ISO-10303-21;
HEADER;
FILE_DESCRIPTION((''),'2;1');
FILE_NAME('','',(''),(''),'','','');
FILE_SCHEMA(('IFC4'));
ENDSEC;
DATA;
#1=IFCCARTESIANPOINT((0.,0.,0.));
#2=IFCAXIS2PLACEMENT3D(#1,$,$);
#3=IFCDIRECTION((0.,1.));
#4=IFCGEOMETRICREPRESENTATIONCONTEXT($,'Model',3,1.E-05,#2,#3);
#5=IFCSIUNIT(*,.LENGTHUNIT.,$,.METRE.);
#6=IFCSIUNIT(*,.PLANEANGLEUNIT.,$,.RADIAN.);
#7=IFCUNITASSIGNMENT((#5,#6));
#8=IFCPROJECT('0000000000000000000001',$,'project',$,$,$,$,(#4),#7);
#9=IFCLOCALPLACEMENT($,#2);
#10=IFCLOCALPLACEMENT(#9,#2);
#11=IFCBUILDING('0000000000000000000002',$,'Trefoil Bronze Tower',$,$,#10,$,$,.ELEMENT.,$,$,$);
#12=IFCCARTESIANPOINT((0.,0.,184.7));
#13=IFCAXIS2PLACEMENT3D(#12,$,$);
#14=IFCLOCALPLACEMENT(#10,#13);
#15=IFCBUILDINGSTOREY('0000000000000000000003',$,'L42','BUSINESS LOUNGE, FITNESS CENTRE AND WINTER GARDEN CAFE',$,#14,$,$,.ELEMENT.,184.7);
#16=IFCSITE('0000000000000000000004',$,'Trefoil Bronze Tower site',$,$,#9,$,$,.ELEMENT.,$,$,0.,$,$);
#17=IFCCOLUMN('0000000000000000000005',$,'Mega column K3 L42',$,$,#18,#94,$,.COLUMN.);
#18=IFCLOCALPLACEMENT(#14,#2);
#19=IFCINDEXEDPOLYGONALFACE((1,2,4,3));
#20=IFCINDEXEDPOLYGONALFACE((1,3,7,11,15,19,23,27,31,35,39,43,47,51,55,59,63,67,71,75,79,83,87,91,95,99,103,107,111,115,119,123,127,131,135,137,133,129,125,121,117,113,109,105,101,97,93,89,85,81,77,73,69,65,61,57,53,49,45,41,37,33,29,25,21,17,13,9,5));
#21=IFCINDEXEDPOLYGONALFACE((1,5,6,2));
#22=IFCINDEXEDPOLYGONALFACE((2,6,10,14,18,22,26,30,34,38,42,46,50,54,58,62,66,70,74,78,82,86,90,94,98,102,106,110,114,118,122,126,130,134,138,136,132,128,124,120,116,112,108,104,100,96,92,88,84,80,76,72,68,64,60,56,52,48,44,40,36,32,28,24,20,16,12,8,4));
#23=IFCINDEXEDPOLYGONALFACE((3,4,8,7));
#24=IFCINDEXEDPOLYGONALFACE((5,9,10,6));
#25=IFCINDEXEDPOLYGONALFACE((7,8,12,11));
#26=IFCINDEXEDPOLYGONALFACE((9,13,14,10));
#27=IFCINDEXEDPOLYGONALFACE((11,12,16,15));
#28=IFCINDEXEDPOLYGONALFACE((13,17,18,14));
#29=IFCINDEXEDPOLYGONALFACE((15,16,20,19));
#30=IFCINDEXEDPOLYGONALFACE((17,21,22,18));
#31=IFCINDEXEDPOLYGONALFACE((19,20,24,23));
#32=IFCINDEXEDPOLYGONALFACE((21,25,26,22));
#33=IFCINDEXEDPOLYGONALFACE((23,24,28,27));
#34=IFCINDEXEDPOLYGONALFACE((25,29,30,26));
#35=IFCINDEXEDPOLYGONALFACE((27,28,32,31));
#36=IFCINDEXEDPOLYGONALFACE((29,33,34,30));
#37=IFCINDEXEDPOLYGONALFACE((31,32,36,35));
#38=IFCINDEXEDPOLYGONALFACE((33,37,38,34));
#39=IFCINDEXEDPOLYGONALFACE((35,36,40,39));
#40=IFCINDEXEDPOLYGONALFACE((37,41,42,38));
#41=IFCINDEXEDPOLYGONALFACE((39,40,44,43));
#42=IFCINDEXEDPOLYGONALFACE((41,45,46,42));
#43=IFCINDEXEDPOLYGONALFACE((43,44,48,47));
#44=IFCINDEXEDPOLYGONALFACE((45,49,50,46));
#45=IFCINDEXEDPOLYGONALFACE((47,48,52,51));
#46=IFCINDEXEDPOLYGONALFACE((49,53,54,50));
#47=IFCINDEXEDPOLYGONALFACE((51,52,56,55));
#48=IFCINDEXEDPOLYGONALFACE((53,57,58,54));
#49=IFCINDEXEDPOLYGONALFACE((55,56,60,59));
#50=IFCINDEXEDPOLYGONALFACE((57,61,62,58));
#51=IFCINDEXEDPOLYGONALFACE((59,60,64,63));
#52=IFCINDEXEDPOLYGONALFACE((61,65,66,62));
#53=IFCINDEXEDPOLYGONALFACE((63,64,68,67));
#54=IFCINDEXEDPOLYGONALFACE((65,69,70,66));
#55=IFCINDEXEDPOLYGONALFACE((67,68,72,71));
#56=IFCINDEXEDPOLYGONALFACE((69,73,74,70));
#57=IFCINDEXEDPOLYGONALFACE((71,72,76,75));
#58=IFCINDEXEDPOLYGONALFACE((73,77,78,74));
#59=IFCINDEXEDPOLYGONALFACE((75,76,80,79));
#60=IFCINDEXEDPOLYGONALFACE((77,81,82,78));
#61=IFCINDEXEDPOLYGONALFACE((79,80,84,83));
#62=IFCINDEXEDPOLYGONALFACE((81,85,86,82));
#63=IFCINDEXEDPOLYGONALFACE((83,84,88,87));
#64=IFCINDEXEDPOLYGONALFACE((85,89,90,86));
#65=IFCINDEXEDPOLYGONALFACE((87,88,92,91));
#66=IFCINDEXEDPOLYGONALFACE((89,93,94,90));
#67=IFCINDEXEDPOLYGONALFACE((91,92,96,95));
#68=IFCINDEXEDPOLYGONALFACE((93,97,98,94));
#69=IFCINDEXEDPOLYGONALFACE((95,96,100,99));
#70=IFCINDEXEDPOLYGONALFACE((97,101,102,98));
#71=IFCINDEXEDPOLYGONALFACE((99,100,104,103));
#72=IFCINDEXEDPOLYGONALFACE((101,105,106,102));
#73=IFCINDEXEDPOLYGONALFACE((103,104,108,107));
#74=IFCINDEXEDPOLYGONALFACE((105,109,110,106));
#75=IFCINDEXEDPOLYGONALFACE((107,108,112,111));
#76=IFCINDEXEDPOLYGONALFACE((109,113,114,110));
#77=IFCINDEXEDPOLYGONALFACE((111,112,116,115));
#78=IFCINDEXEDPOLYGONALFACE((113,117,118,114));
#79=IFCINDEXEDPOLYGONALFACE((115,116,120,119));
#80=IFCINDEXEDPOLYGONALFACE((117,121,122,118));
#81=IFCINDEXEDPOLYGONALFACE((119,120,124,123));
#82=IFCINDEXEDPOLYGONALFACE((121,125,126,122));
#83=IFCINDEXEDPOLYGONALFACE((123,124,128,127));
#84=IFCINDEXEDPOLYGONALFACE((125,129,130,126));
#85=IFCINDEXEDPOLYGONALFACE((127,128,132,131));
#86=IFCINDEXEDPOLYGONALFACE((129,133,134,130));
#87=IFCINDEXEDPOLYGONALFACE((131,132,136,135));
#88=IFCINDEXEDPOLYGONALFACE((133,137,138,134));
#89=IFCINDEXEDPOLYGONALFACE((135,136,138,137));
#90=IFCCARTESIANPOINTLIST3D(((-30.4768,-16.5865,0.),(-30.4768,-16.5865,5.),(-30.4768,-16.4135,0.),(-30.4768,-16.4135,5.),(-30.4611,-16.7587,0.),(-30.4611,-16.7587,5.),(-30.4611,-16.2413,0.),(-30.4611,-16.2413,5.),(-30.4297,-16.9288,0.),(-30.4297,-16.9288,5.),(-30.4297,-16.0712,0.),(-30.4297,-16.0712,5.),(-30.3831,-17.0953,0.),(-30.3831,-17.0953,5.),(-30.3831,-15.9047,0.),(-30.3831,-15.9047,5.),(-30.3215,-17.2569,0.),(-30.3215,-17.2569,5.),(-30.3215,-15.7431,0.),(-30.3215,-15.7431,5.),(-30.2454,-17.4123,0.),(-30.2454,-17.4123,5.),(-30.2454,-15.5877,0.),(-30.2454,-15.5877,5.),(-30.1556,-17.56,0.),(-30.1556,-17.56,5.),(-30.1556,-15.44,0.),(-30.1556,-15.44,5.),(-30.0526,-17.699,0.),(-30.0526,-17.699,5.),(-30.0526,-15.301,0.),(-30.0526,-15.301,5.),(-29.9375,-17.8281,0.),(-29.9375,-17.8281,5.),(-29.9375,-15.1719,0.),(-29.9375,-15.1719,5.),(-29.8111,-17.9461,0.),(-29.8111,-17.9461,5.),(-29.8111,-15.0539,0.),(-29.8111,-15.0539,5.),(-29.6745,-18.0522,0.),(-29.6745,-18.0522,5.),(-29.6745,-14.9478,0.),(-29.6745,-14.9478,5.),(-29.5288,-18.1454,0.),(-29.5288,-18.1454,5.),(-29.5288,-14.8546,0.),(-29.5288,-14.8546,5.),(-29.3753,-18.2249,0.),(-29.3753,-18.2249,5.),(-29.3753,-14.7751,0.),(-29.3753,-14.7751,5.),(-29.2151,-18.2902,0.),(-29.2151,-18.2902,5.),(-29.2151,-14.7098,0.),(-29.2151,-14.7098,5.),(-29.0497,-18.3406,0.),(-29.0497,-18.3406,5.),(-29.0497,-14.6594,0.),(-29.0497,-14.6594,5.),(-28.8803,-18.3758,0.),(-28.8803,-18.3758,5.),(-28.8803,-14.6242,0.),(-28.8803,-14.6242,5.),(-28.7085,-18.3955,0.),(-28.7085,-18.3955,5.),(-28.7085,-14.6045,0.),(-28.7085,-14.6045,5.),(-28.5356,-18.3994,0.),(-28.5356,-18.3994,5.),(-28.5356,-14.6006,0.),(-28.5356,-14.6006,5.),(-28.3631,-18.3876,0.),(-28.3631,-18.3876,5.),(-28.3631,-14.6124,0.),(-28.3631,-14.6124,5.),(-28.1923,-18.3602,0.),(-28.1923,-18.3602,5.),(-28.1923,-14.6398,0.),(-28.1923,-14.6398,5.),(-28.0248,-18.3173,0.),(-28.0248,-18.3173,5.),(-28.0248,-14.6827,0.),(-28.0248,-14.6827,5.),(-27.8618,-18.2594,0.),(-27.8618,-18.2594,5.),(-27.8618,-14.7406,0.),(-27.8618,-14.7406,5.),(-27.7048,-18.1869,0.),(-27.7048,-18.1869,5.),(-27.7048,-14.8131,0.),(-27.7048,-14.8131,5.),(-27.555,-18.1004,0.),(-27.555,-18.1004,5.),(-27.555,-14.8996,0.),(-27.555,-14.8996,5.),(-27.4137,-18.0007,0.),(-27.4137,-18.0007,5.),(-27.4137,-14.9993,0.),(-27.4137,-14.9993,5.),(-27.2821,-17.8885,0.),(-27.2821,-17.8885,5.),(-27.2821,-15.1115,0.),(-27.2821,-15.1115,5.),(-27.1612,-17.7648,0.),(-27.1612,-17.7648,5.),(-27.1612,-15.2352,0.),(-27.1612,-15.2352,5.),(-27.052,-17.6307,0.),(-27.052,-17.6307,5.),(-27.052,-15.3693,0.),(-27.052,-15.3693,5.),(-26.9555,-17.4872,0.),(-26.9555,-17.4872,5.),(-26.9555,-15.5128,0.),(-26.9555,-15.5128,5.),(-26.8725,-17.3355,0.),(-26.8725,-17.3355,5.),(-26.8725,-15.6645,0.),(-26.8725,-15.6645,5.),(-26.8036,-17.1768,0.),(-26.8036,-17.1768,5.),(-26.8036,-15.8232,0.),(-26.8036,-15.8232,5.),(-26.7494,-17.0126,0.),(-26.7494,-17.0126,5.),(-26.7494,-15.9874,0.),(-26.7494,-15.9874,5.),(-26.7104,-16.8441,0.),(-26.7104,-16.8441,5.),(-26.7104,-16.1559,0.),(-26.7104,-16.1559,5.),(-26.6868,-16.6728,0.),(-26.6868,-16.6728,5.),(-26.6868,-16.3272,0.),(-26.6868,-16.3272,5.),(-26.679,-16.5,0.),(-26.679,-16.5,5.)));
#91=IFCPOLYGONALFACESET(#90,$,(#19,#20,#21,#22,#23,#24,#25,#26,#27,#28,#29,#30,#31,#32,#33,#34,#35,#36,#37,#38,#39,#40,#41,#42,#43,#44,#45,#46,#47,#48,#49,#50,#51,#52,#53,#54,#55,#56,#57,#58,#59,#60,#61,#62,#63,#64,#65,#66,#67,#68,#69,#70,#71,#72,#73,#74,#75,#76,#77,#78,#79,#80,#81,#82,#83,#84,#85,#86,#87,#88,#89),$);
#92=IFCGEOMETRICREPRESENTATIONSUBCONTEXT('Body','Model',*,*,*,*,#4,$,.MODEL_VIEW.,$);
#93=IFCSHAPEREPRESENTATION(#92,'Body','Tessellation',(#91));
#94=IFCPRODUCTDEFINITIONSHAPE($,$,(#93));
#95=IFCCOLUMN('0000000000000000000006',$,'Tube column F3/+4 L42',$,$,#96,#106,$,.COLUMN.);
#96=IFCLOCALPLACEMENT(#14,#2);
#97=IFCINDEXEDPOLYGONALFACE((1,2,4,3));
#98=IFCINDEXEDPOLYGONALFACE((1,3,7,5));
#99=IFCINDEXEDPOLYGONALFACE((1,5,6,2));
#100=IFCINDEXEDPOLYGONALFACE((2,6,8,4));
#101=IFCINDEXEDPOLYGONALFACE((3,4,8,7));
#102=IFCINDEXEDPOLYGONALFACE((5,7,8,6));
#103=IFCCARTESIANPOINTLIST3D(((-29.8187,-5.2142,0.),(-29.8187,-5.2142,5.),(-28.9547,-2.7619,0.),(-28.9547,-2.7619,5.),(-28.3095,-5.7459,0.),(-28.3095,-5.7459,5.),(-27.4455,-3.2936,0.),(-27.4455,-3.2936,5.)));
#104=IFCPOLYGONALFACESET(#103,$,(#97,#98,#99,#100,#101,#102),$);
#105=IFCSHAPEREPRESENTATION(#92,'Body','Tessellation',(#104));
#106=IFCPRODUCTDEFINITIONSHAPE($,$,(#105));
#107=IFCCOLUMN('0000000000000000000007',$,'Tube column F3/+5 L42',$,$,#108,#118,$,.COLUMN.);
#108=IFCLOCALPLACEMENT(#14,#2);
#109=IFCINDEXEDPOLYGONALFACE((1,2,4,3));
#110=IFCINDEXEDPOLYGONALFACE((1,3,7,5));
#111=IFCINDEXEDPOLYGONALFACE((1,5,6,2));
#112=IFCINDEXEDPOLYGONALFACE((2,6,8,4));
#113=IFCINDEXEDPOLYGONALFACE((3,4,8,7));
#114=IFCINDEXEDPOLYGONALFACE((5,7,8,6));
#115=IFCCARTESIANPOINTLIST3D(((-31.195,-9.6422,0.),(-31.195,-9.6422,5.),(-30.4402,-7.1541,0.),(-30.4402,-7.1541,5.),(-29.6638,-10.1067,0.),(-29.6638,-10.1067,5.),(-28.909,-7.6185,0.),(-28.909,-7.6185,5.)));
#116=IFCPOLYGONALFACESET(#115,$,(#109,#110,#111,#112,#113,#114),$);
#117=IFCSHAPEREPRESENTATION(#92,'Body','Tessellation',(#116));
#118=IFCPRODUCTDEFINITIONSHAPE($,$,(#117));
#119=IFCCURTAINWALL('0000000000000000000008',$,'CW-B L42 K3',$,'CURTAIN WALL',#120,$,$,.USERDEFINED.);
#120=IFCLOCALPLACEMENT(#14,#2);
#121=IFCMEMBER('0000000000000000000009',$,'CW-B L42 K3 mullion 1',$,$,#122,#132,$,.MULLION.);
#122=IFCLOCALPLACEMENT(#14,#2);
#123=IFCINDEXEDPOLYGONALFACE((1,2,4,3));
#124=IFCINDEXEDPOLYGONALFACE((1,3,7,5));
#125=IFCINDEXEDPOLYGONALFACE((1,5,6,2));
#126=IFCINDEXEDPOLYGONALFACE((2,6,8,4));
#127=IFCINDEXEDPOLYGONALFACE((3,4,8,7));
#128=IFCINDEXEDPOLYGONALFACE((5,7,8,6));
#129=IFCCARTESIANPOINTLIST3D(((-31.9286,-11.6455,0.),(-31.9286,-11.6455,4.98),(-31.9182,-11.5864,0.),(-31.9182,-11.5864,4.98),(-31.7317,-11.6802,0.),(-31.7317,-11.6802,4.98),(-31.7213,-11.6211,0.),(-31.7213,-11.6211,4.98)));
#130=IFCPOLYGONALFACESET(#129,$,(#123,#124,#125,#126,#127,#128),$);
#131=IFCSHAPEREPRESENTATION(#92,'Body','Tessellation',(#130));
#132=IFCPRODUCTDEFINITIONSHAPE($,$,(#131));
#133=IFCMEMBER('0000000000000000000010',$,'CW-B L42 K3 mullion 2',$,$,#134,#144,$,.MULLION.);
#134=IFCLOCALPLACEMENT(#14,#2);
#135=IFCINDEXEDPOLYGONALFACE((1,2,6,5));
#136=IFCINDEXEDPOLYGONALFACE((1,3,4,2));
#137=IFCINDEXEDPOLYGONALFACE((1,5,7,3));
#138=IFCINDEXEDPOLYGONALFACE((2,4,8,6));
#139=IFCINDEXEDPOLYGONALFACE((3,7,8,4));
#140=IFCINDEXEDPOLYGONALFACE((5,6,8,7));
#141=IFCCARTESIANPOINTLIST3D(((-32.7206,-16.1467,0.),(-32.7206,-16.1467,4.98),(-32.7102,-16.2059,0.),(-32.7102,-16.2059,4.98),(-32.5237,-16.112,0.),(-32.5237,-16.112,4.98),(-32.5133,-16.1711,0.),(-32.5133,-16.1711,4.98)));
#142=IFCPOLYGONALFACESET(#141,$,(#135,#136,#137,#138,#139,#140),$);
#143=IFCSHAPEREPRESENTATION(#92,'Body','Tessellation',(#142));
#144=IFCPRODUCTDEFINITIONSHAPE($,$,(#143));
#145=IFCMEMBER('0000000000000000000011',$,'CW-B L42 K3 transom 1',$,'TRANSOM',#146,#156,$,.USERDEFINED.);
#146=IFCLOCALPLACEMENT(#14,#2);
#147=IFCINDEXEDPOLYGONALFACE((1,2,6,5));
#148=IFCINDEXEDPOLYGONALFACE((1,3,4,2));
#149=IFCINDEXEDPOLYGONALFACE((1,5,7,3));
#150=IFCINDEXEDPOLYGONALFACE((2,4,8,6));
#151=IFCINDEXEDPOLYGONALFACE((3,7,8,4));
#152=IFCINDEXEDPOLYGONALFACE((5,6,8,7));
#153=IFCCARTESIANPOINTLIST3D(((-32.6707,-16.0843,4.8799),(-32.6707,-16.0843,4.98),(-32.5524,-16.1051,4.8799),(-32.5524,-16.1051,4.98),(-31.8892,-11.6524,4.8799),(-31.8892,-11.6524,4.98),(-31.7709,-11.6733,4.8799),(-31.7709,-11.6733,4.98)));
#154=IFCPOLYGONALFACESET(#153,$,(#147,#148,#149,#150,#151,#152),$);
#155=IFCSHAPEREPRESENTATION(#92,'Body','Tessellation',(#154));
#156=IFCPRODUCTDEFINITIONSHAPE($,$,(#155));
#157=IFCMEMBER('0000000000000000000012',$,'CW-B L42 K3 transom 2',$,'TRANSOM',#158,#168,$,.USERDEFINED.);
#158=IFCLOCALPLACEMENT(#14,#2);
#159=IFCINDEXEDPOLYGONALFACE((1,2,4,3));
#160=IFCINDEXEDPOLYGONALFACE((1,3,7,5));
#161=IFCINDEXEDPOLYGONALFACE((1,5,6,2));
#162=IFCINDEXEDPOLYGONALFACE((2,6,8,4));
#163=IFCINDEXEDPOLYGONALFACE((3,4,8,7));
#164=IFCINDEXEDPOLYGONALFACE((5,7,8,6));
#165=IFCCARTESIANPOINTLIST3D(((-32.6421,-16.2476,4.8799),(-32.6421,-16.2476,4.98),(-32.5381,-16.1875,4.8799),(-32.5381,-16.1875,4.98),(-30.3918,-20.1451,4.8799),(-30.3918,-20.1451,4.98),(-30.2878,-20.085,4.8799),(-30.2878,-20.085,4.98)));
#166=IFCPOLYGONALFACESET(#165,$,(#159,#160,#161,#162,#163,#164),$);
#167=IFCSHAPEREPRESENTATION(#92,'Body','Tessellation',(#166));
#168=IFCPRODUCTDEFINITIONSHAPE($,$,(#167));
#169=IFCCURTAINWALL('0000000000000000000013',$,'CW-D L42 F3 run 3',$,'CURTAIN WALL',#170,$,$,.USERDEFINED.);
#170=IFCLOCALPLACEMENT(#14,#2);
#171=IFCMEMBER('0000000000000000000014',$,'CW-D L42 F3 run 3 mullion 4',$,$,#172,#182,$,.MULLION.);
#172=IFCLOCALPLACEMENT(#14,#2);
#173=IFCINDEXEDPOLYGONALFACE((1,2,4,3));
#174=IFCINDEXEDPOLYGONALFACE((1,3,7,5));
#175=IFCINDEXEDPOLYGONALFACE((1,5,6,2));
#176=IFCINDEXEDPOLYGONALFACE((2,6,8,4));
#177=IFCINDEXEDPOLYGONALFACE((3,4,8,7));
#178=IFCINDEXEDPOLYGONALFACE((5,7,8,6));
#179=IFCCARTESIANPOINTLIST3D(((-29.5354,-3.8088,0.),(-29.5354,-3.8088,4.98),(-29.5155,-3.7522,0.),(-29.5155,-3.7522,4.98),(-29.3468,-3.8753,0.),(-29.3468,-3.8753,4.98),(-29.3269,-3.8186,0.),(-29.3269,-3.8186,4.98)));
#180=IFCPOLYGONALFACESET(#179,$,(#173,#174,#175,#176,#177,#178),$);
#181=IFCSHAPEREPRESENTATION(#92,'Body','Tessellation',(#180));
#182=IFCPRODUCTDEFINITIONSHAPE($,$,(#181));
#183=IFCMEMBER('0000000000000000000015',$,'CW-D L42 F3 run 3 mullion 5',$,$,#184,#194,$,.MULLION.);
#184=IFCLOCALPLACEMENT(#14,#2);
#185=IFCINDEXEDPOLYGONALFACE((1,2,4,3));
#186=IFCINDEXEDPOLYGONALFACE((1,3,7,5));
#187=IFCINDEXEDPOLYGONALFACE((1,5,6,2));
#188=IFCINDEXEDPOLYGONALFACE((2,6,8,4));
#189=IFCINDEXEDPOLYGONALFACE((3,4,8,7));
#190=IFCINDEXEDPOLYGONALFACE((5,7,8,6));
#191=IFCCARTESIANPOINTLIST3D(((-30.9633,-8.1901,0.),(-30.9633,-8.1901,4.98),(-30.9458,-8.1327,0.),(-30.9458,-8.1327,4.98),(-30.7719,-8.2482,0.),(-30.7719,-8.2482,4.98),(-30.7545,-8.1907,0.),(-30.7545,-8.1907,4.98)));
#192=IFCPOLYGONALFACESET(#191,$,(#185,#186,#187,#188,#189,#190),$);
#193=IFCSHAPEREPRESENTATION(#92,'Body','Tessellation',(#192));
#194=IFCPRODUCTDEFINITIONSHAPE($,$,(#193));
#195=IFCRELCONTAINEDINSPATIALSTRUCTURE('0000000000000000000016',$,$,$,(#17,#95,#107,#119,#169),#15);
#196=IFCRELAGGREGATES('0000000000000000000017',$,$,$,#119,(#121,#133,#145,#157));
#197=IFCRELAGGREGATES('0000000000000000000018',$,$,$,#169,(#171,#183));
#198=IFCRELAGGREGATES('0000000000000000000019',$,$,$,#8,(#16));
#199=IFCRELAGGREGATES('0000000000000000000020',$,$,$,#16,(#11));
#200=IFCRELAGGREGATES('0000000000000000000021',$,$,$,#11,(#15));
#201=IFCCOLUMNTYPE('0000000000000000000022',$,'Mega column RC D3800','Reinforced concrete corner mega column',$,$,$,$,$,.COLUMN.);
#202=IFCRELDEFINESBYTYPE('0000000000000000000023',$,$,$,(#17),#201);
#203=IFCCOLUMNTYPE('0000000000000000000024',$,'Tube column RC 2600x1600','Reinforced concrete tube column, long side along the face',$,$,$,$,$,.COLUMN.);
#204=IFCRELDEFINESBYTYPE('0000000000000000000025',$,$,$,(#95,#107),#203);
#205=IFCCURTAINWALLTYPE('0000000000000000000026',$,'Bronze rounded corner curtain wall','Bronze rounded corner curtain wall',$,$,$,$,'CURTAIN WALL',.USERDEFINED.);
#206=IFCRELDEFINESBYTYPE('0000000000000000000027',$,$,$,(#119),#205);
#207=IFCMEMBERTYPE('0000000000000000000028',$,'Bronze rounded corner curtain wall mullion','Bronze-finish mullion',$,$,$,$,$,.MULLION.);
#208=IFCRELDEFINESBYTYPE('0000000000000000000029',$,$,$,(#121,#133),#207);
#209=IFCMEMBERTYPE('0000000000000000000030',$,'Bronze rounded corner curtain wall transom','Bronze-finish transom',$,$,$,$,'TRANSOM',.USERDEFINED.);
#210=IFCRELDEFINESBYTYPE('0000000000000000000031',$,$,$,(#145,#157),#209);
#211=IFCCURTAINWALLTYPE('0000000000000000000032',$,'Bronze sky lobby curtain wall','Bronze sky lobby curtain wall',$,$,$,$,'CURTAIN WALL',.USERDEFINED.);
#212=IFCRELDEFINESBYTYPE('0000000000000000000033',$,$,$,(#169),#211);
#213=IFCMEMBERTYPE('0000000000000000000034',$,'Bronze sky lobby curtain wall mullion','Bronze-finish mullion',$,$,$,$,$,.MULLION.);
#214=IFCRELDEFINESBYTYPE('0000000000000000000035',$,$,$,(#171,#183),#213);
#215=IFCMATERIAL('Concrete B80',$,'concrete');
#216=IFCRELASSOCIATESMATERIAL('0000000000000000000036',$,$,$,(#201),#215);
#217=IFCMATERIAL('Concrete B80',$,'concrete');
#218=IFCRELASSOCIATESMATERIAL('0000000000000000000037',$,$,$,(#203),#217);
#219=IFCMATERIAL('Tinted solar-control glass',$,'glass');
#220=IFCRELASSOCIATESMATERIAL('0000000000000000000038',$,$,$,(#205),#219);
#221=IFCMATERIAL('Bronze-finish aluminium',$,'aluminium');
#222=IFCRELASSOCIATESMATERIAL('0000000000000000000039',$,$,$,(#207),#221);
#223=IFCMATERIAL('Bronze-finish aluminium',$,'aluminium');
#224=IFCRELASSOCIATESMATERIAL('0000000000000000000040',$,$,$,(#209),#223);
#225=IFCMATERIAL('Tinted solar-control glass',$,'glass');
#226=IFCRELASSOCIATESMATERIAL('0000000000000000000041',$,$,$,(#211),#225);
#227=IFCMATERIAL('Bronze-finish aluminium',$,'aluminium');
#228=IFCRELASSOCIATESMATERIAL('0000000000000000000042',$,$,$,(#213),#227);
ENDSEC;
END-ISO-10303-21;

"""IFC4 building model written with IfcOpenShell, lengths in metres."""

from ifc_helpers import new_model, si_unit, direction, frame, origin, origin_2d, place, context, subcontext, project, spatial, rectangle, circle, extrude, material, material_profile, profile_set, type_object, element, aggregate, save


model = new_model("IFC4")

# Units and contexts
model_context = context("Model", 3, precision=1e-05, world=origin(), true_north=direction((0.0, 1.0)))
body_context = subcontext(model_context, "Body", "Model", "MODEL_VIEW")
ifc_project = project(units=[si_unit("LENGTHUNIT", "METRE"), si_unit("PLANEANGLEUNIT", "RADIAN")], contexts=[model_context])

# Site, building, storey
site_placement = place(None, origin())
site = spatial("IfcSite", under=ifc_project, at=site_placement, Name="Trefoil Bronze Tower site", CompositionType="ELEMENT", RefElevation=0.0)
building_placement = place(site_placement, origin())
building = spatial("IfcBuilding", under=site, at=building_placement, Name="Trefoil Bronze Tower", CompositionType="ELEMENT")
storey_placement = place(building_placement, frame((0.0, 0.0, 184.7)))
storey = spatial("IfcBuildingStorey", under=building, at=storey_placement, Name="L42", Description="BUSINESS LOUNGE, FITNESS CENTRE AND WINTER GARDEN CAFE", CompositionType="ELEMENT", Elevation=184.7)

# Columns
ifc_material_1 = material(Name="Concrete B80", Category="concrete")
ifc_material_profile_1 = material_profile(ifc_material_1, circle(Radius=1.8999, at=origin_2d()), Name="RC D3800")
ifc_profile_set_1 = profile_set([ifc_material_profile_1], Name="Concrete B80")
column_type_1 = type_object("IfcColumnType", Name="Mega column RC D3800", Description="Reinforced concrete corner mega column", PredefinedType="COLUMN", material=ifc_profile_set_1)
column_placement = place(storey_placement, frame((-28.5789, -16.5, 0.0), z_axis=(0.0, 0.0, 1.0), x_axis=(1.0, 0.0, 0.0)))
element("IfcColumn", 1, at=column_placement, inside=storey, type_object=column_type_1, Name="Mega column K3 L42", PredefinedType="COLUMN", context=body_context, shape_type="SweptSolid", body=[
    extrude(circle(Radius=1.8999, at=origin_2d()), origin(), (0.0, 0.0, 1.0), 5.0),
])
ifc_material_2 = material(Name="Concrete B80", Category="concrete")
ifc_material_profile_2 = material_profile(ifc_material_2, rectangle(XDim=2.6001, YDim=1.6001, at=origin_2d()), Name="RC 2600x1600")
ifc_profile_set_2 = profile_set([ifc_material_profile_2], Name="Concrete B80")
column_type_2 = type_object("IfcColumnType", Name="Tube column RC 2600x1600", Description="Reinforced concrete tube column, long side along the face", PredefinedType="COLUMN", material=ifc_profile_set_2)
for number, where, z_axis, x_axis, name in (
    (2, (-28.6321, -4.2539, 0.0), (0.0, 0.0, 1.0), (-0.332282, -0.94318, 0.0), "Tube column F3/+4 L42"),
    (3, (-30.052, -8.6304, 0.0), (0.0, 0.0, 1.0), (-0.290278, -0.956942, 0.0), "Tube column F3/+5 L42"),
):
    element("IfcColumn", number, at=place(storey_placement, frame(where, z_axis=z_axis, x_axis=x_axis)), inside=storey, type_object=column_type_2, Name=name, PredefinedType="COLUMN", context=body_context, shape_type="SweptSolid", body=[
        extrude(rectangle(XDim=2.6001, YDim=1.6001, at=origin_2d()), origin(), (0.0, 0.0, 1.0), 5.0),
    ])

# Curtain walls, members
ifc_material_3 = material(Name="Tinted solar-control glass", Category="glass")
curtain_wall_type_1 = type_object("IfcCurtainWallType", Name="Bronze rounded corner curtain wall", Description="Bronze rounded corner curtain wall", ElementType="CURTAIN WALL", PredefinedType="USERDEFINED", material=ifc_material_3)
curtain_wall_1_placement = place(storey_placement, origin())
curtain_wall_1 = element("IfcCurtainWall", 4, at=curtain_wall_1_placement, inside=storey, type_object=curtain_wall_type_1, Name="CW-B L42 K3", ObjectType="CURTAIN WALL", PredefinedType="USERDEFINED")
ifc_material_4 = material(Name="Bronze-finish aluminium", Category="aluminium")
ifc_material_profile_3 = material_profile(ifc_material_4, rectangle(XDim=0.2, YDim=0.0601, at=origin_2d()), Name="CW-B mullion")
ifc_profile_set_3 = profile_set([ifc_material_profile_3], Name="Bronze-finish aluminium")
member_type_1 = type_object("IfcMemberType", Name="Bronze rounded corner curtain wall mullion", Description="Bronze-finish mullion", PredefinedType="MULLION", material=ifc_profile_set_3)
member_1_placement = place(storey_placement, frame((-31.825, -11.6333, 0.0), z_axis=(0.0, 0.0, 1.0), x_axis=(0.984808, -0.173648, 0.0)))
member_1 = element("IfcMember", 5, at=member_1_placement, type_object=member_type_1, Name="CW-B L42 K3 mullion 1", PredefinedType="MULLION", context=body_context, shape_type="SweptSolid", body=[
    extrude(rectangle(XDim=0.2, YDim=0.0601, at=origin_2d()), origin(), (0.0, 0.0, 1.0), 4.98),
])
member_2_placement = place(storey_placement, frame((-32.6169, -16.1589, 0.0), z_axis=(0.0, 0.0, 1.0), x_axis=(0.984808, 0.173648, 0.0)))
member_2 = element("IfcMember", 6, at=member_2_placement, type_object=member_type_1, Name="CW-B L42 K3 mullion 2", PredefinedType="MULLION", context=body_context, shape_type="SweptSolid", body=[
    extrude(rectangle(XDim=0.2, YDim=0.0601, at=origin_2d()), origin(), (0.0, 0.0, 1.0), 4.98),
])
ifc_material_5 = material(Name="Bronze-finish aluminium", Category="aluminium")
ifc_material_profile_4 = material_profile(ifc_material_5, rectangle(XDim=0.1201, YDim=0.1001, at=origin_2d()), Name="CW-B transom")
ifc_profile_set_4 = profile_set([ifc_material_profile_4], Name="Bronze-finish aluminium")
member_type_2 = type_object("IfcMemberType", Name="Bronze rounded corner curtain wall transom", Description="Bronze-finish transom", ElementType="TRANSOM", PredefinedType="USERDEFINED", material=ifc_profile_set_4)
member_3_placement = place(storey_placement, frame((-31.8301, -11.6628, 4.9299), z_axis=(-0.173655, -0.984806, 0.0), x_axis=(0.984806, -0.173655, 0.0)))
member_3 = element("IfcMember", 7, at=member_3_placement, type_object=member_type_2, Name="CW-B L42 K3 transom 1", ObjectType="TRANSOM", PredefinedType="USERDEFINED", context=body_context, shape_type="SweptSolid", body=[
    extrude(rectangle(XDim=0.1201, YDim=0.1001, at=origin_2d()), origin(), (0.0, 0.0, 1.0), 4.5002),
])
member_4_placement = place(storey_placement, frame((-32.5901, -16.2175, 4.9299), z_axis=(0.500007, -0.866021, 0.0), x_axis=(0.866021, 0.500007, 0.0)))
member_4 = element("IfcMember", 8, at=member_4_placement, type_object=member_type_2, Name="CW-B L42 K3 transom 2", ObjectType="TRANSOM", PredefinedType="USERDEFINED", context=body_context, shape_type="SweptSolid", body=[
    extrude(rectangle(XDim=0.1201, YDim=0.1001, at=origin_2d()), origin(), (0.0, 0.0, 1.0), 4.5005),
])
ifc_material_6 = material(Name="Tinted solar-control glass", Category="glass")
curtain_wall_type_2 = type_object("IfcCurtainWallType", Name="Bronze sky lobby curtain wall", Description="Bronze sky lobby curtain wall", ElementType="CURTAIN WALL", PredefinedType="USERDEFINED", material=ifc_material_6)
curtain_wall_2_placement = place(storey_placement, origin())
curtain_wall_2 = element("IfcCurtainWall", 9, at=curtain_wall_2_placement, inside=storey, type_object=curtain_wall_type_2, Name="CW-D L42 F3 run 3", ObjectType="CURTAIN WALL", PredefinedType="USERDEFINED")
ifc_material_7 = material(Name="Bronze-finish aluminium", Category="aluminium")
ifc_material_profile_5 = material_profile(ifc_material_7, rectangle(XDim=0.2, YDim=0.0601, at=origin_2d()), Name="CW-D mullion")
ifc_profile_set_5 = profile_set([ifc_material_profile_5], Name="Bronze-finish aluminium")
member_type_3 = type_object("IfcMemberType", Name="Bronze sky lobby curtain wall mullion", Description="Bronze-finish mullion", PredefinedType="MULLION", material=ifc_profile_set_5)
member_5_placement = place(storey_placement, frame((-29.4312, -3.8137, 0.0), z_axis=(0.0, 0.0, 1.0), x_axis=(0.94318, -0.332282, 0.0)))
member_5 = element("IfcMember", 10, at=member_5_placement, type_object=member_type_3, Name="CW-D L42 F3 run 3 mullion 4", PredefinedType="MULLION", context=body_context, shape_type="SweptSolid", body=[
    extrude(rectangle(XDim=0.2, YDim=0.0601, at=origin_2d()), origin(), (0.0, 0.0, 1.0), 4.98),
])
member_6_placement = place(storey_placement, frame((-30.8589, -8.1904, 0.0), z_axis=(0.0, 0.0, 1.0), x_axis=(0.956942, -0.290278, 0.0)))
member_6 = element("IfcMember", 11, at=member_6_placement, type_object=member_type_3, Name="CW-D L42 F3 run 3 mullion 5", PredefinedType="MULLION", context=body_context, shape_type="SweptSolid", body=[
    extrude(rectangle(XDim=0.2, YDim=0.0601, at=origin_2d()), origin(), (0.0, 0.0, 1.0), 4.98),
])

aggregate(curtain_wall_1, [member_1, member_2, member_3, member_4])
aggregate(curtain_wall_2, [member_5, member_6])

save(model, "model.ifc")
